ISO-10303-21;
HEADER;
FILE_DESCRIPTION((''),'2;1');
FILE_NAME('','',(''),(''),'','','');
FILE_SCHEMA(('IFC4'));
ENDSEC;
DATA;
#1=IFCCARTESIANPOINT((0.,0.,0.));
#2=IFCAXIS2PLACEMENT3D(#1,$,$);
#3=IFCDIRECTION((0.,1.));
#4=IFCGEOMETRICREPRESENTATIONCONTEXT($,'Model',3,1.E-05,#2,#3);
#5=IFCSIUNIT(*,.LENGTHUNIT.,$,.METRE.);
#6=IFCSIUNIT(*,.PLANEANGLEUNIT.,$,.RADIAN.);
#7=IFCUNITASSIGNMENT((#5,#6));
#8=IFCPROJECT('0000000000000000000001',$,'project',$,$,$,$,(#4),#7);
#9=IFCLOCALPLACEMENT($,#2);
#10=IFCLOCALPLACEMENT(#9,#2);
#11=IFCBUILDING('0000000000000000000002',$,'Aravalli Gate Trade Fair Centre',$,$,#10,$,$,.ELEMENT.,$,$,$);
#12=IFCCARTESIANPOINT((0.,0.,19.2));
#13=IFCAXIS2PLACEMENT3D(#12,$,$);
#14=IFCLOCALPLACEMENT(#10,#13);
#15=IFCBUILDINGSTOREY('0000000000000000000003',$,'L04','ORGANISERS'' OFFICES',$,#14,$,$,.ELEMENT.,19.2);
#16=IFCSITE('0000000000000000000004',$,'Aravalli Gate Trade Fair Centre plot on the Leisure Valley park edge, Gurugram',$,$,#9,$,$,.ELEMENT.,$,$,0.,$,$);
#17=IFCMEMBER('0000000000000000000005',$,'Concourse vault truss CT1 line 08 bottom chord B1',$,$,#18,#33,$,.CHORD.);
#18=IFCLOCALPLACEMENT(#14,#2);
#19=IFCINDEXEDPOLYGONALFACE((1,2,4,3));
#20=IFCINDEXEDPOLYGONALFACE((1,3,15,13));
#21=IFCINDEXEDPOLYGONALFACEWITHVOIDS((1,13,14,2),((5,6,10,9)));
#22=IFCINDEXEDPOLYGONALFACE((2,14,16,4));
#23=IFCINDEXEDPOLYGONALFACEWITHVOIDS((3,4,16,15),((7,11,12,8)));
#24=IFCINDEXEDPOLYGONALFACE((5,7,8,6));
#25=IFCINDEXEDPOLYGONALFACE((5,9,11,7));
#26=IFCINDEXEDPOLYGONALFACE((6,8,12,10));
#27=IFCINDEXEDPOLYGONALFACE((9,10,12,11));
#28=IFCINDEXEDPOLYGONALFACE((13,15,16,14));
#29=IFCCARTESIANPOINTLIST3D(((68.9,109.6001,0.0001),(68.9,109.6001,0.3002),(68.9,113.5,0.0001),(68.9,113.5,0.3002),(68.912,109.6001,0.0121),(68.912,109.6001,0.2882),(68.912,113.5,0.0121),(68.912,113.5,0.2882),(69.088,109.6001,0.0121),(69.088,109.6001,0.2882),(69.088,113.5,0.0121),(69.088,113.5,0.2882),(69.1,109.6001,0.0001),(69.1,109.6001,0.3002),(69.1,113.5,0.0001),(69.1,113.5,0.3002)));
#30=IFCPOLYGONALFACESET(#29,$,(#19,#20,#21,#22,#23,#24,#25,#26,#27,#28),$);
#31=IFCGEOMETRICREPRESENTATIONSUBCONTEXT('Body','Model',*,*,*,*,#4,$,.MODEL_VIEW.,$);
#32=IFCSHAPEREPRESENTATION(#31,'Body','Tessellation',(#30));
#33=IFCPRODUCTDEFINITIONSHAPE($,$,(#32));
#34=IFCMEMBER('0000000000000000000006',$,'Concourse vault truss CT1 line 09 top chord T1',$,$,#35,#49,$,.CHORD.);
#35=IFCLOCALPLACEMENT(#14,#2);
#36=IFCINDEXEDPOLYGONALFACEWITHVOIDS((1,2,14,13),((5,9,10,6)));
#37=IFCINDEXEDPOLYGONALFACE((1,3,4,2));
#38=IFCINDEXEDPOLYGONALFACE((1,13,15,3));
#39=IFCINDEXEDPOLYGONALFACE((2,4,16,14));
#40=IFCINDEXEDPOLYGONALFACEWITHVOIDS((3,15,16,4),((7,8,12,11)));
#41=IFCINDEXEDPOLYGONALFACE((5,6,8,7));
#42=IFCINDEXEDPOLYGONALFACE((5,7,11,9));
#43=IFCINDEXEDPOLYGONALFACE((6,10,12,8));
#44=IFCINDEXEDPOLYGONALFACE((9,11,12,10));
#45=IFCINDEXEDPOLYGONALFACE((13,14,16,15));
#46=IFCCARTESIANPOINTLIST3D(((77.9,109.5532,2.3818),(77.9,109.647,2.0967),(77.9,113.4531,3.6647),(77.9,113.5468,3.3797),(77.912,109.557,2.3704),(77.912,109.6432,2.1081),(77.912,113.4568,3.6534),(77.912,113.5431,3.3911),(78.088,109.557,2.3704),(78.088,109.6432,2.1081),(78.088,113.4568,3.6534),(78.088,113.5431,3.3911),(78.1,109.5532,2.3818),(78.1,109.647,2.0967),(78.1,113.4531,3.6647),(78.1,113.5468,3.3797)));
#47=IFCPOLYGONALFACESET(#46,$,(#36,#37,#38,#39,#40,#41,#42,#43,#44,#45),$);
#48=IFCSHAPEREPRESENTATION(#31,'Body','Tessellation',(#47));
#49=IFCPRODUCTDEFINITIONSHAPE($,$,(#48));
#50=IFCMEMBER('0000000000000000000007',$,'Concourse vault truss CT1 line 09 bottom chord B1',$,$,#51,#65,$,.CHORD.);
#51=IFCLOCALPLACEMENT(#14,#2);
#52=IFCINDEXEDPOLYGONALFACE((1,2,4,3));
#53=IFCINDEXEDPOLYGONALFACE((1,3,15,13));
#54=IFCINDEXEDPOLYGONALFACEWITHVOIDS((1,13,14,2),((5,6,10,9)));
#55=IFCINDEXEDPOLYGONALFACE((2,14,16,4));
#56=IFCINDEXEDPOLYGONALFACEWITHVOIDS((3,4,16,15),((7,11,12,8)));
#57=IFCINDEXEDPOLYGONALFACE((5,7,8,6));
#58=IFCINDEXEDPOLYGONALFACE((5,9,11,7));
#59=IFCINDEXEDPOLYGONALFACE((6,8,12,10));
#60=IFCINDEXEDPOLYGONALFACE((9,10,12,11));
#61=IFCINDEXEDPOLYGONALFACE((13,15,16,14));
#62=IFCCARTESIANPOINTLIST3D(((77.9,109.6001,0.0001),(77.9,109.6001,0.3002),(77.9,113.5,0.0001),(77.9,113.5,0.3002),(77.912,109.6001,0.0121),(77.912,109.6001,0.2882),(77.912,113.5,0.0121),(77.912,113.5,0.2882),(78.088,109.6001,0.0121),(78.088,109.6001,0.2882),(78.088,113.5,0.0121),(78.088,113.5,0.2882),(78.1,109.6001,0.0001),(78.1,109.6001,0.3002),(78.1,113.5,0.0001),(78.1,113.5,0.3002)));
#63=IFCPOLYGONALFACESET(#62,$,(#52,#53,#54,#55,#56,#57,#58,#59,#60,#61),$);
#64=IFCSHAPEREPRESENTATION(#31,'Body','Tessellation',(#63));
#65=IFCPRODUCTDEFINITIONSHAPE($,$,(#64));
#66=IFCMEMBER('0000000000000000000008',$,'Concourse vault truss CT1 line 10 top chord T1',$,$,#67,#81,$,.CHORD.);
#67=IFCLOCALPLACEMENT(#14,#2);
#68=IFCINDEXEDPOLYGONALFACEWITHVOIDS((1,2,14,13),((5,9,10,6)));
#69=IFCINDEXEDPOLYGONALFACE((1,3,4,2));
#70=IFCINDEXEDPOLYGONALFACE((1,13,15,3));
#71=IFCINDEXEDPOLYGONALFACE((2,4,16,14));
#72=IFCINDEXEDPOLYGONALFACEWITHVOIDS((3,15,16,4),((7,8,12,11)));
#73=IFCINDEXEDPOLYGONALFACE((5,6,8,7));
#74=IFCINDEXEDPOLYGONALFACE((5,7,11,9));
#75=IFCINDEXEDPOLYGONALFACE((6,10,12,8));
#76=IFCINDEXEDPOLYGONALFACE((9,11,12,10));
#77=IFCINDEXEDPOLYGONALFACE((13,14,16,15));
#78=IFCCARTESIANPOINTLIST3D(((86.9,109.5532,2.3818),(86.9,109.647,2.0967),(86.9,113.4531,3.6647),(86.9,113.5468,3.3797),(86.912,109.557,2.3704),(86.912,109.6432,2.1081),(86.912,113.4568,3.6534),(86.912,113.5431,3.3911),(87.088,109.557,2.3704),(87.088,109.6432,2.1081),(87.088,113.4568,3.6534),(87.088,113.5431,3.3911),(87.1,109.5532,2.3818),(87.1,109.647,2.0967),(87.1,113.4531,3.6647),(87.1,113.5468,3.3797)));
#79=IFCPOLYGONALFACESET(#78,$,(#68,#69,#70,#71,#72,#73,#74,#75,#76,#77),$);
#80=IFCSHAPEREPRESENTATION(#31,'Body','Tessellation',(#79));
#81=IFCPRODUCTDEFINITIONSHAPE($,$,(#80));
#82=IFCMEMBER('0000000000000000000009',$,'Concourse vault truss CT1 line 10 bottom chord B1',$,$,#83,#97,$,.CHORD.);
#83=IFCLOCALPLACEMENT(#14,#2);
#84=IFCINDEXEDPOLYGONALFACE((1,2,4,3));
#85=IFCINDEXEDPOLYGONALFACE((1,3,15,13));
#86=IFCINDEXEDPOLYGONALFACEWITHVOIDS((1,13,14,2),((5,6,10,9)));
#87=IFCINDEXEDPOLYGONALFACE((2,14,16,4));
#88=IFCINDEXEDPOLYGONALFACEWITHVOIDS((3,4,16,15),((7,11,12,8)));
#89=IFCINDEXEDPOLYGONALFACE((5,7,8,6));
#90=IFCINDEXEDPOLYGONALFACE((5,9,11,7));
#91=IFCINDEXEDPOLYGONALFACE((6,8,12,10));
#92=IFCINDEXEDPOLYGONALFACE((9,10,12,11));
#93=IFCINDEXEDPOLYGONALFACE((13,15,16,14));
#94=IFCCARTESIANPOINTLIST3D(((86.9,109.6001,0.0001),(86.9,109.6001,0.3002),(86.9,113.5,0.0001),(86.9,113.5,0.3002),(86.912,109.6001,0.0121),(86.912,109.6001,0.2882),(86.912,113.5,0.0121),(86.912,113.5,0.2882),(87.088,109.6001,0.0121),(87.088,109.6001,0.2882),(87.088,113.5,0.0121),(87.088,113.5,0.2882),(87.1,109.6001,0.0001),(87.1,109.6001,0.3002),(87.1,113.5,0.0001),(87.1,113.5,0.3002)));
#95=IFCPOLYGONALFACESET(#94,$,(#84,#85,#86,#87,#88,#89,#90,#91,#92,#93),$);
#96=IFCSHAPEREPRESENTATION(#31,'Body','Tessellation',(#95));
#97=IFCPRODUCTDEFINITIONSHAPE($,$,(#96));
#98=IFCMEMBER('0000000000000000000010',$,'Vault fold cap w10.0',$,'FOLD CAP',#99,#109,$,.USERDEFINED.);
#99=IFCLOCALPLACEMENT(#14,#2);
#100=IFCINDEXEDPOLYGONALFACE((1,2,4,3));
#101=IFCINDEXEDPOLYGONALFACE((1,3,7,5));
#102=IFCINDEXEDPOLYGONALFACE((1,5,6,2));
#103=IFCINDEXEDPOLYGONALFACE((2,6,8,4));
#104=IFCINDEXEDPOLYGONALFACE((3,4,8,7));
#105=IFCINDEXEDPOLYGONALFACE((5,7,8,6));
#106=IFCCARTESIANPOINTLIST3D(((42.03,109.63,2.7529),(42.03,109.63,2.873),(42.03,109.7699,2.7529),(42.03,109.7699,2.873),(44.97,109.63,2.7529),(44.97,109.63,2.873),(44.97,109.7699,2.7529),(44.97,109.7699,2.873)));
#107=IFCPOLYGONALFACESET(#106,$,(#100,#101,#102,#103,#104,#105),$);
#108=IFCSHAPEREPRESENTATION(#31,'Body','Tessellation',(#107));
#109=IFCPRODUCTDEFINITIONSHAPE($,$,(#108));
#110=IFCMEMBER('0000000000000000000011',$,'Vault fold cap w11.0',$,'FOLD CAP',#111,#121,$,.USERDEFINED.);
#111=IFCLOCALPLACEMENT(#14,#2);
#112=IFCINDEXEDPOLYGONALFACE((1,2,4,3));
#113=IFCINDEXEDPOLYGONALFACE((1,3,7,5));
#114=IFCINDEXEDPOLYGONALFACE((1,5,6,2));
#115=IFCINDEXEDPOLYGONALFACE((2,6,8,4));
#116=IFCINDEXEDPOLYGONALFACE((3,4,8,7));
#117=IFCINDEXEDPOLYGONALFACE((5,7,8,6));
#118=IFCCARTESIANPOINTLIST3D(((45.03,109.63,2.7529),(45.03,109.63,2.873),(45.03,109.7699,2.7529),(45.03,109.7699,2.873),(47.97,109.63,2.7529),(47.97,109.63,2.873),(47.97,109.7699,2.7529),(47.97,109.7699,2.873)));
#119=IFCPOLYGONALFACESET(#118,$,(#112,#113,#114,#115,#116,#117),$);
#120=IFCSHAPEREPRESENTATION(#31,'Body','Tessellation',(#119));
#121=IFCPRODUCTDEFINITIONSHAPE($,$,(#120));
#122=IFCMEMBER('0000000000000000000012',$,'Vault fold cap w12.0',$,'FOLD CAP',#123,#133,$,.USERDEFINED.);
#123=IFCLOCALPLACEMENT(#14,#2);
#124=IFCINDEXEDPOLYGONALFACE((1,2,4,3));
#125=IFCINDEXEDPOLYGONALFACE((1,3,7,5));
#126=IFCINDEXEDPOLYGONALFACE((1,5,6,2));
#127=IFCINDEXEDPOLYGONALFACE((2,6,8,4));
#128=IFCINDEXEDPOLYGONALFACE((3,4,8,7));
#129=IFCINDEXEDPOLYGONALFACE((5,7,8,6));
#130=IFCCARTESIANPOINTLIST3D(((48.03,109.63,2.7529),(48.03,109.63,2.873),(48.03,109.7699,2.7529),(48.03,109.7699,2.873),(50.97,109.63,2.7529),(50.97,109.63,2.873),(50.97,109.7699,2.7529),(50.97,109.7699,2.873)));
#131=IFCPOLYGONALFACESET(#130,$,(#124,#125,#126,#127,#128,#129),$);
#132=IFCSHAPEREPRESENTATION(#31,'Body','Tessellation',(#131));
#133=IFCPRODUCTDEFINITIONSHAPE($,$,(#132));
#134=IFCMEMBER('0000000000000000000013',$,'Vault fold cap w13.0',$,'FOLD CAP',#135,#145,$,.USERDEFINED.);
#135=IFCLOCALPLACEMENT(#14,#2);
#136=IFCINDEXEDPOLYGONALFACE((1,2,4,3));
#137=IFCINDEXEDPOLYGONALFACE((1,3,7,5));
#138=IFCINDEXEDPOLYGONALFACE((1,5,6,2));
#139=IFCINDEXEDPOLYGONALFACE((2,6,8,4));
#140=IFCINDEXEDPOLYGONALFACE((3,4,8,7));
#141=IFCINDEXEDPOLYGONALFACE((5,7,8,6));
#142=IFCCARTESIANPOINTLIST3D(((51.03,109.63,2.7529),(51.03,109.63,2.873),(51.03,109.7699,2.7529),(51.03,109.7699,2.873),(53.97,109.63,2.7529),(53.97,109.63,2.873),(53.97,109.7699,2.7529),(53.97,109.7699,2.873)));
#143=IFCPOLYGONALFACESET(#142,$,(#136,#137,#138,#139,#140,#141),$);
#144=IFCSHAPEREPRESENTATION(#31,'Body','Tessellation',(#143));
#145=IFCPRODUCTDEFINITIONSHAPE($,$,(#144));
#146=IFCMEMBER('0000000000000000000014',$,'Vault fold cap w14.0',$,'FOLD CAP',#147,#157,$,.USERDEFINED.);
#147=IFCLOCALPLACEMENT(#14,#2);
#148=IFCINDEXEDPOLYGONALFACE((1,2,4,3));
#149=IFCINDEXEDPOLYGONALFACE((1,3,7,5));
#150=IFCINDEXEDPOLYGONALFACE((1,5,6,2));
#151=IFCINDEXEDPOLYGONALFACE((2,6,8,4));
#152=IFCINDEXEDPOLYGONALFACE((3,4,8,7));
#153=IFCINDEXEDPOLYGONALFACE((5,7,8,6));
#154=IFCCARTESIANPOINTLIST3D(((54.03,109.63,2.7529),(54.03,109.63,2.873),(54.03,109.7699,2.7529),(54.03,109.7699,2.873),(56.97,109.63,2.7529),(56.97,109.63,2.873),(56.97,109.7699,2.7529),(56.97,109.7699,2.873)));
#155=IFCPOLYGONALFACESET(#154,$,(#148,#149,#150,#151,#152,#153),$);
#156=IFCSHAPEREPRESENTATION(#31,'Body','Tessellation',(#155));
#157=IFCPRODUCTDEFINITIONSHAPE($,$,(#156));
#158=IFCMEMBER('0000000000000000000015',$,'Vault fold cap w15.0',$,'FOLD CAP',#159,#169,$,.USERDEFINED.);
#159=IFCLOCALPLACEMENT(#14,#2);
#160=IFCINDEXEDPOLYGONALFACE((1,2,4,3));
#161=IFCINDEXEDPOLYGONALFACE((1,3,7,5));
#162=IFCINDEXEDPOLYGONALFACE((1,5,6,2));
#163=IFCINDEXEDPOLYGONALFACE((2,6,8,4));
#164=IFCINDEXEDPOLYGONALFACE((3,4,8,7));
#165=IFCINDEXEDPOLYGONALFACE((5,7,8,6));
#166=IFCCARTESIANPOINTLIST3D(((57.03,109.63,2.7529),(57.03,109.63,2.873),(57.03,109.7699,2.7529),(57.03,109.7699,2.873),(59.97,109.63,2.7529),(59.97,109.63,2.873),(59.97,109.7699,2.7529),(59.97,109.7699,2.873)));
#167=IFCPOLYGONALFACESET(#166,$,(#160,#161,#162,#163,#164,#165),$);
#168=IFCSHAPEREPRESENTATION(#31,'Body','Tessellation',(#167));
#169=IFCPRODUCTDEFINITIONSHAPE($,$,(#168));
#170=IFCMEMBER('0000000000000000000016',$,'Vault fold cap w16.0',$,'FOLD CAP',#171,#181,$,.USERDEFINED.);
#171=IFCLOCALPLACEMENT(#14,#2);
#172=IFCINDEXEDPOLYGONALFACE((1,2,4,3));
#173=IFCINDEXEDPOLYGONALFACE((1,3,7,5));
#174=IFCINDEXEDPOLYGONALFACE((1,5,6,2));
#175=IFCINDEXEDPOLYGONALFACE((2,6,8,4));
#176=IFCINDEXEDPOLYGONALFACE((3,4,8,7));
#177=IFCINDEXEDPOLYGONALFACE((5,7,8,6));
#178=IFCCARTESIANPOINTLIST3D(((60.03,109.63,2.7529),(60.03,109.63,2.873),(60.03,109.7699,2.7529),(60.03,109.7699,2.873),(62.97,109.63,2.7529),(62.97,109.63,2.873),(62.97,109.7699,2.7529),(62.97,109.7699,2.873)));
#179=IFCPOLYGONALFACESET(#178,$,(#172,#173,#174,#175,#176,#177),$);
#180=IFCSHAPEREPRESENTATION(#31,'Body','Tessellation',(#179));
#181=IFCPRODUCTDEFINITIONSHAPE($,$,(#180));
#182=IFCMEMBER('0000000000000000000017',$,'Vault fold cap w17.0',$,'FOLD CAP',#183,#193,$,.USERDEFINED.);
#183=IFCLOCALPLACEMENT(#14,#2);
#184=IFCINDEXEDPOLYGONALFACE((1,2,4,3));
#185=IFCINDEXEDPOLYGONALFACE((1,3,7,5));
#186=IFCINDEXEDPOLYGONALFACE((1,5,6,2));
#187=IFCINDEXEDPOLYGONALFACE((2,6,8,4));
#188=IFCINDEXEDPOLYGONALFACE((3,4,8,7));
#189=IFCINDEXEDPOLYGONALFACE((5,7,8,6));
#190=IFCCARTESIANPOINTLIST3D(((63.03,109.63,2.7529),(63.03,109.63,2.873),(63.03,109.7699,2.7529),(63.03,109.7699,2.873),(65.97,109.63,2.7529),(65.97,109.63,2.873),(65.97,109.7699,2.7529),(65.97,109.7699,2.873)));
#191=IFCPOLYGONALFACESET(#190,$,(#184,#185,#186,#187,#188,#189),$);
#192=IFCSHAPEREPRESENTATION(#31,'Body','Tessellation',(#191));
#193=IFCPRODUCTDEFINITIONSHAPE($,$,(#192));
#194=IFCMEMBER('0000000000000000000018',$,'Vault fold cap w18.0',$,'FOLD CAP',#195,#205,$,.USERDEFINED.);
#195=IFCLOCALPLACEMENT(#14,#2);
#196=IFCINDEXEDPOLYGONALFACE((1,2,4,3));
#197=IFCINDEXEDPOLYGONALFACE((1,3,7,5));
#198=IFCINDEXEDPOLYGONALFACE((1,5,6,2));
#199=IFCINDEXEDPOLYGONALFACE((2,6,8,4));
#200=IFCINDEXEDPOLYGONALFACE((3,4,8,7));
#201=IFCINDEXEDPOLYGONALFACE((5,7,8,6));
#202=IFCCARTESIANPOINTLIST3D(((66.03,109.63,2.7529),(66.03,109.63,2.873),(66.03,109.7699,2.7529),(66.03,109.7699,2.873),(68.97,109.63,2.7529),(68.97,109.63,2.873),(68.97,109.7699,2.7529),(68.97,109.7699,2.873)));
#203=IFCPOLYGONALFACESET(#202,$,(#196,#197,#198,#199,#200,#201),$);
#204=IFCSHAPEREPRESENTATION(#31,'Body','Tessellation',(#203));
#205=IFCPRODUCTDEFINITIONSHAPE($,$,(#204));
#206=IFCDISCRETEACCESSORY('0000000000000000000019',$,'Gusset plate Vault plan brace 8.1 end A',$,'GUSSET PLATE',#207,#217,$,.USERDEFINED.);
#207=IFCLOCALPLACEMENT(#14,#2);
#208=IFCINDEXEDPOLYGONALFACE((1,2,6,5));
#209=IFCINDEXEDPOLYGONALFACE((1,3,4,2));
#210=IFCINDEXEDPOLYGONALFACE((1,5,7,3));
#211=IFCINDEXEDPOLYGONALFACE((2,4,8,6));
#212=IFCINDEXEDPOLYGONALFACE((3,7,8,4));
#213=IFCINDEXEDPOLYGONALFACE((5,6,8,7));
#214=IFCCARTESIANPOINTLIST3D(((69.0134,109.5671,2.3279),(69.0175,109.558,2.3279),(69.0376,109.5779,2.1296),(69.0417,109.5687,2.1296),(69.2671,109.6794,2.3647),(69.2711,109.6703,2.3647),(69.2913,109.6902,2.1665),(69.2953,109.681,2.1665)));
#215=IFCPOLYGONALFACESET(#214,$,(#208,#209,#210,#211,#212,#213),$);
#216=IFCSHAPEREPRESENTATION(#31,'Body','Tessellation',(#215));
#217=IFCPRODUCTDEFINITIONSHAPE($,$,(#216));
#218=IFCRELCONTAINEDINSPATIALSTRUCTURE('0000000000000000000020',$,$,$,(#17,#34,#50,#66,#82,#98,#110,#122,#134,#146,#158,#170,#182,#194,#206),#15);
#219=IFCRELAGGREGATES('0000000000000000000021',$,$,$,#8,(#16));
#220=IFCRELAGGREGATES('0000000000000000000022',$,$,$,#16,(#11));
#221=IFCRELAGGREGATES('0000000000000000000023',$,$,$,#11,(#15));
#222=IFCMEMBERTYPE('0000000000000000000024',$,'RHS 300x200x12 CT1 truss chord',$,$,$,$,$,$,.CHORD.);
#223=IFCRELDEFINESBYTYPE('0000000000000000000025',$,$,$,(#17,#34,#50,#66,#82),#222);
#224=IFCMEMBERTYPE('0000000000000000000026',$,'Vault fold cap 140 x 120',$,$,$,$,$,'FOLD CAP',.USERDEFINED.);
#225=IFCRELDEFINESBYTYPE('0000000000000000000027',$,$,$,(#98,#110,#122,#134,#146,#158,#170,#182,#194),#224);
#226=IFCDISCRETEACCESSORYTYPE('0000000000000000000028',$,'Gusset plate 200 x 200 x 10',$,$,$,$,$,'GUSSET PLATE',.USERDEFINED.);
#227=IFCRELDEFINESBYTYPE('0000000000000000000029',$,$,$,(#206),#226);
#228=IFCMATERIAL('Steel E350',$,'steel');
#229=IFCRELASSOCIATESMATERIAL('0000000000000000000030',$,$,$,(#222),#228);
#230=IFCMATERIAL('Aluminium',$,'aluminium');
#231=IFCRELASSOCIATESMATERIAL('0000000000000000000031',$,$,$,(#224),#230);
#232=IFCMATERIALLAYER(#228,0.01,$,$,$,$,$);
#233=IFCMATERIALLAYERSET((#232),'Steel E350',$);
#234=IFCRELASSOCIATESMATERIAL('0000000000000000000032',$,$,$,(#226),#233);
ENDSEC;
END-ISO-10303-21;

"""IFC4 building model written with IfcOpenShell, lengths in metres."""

from ifc_helpers import new_model, si_unit, direction, frame, origin, origin_2d, place, context, subcontext, project, spatial, polyline, rectangle, hollow_rectangle, outline, extrude, material, layer, layer_set, material_profile, profile_set, type_object, element, save


model = new_model("IFC4")

# Units and contexts
model_context = context("Model", 3, precision=1e-05, world=origin(), true_north=direction((0.0, 1.0)))
body_context = subcontext(model_context, "Body", "Model", "MODEL_VIEW")
ifc_project = project(units=[si_unit("LENGTHUNIT", "METRE"), si_unit("PLANEANGLEUNIT", "RADIAN")], contexts=[model_context])

# Site, building, storey
site_placement = place(None, origin())
site = spatial("IfcSite", under=ifc_project, at=site_placement, Name="Aravalli Gate Trade Fair Centre plot on the Leisure Valley park edge, Gurugram", CompositionType="ELEMENT", RefElevation=0.0)
building_placement = place(site_placement, origin())
building = spatial("IfcBuilding", under=site, at=building_placement, Name="Aravalli Gate Trade Fair Centre", CompositionType="ELEMENT")
storey_placement = place(building_placement, frame((0.0, 0.0, 19.2)))
storey = spatial("IfcBuildingStorey", under=building, at=storey_placement, Name="L04", Description="ORGANISERS' OFFICES", CompositionType="ELEMENT", Elevation=19.2)

# Members
ifc_material_1 = material(Name="Steel E350", Category="steel")
ifc_material_profile_1 = material_profile(ifc_material_1, hollow_rectangle(XDim=0.2, YDim=0.3, WallThickness=0.012, at=origin_2d()), Name="RHS 300x200x12")
ifc_profile_set_1 = profile_set([ifc_material_profile_1], Name="Steel E350")
member_type_1 = type_object("IfcMemberType", Name="RHS 300x200x12 CT1 truss chord", PredefinedType="CHORD", material=ifc_profile_set_1)
member_1_placement = place(storey_placement, frame((69.0, 109.6001, 0.1501), z_axis=(0.0, 1.0, 0.0), x_axis=(-1.0, 0.0, 0.0)))
element("IfcMember", 1, at=member_1_placement, inside=storey, type_object=member_type_1, Name="Concourse vault truss CT1 line 08 bottom chord B1", PredefinedType="CHORD", context=body_context, shape_type="SweptSolid", body=[
    extrude(hollow_rectangle(XDim=0.2, YDim=0.3, WallThickness=0.012, at=origin_2d()), origin(), (0.0, 0.0, 1.0), 3.8999),
])
member_2_placement = place(storey_placement, frame((78.0, 109.6001, 2.2393), z_axis=(0.0, 0.949919, 0.312497), x_axis=(-1.0, 0.0, 0.0)))
element("IfcMember", 2, at=member_2_placement, inside=storey, type_object=member_type_1, Name="Concourse vault truss CT1 line 09 top chord T1", PredefinedType="CHORD", context=body_context, shape_type="SweptSolid", body=[
    extrude(hollow_rectangle(XDim=0.2, YDim=0.3, WallThickness=0.012, at=origin_2d()), origin(), (0.0, 0.0, 1.0), 4.1055),
])
member_3_placement = place(storey_placement, frame((78.0, 109.6001, 0.1501), z_axis=(0.0, 1.0, 0.0), x_axis=(-1.0, 0.0, 0.0)))
element("IfcMember", 3, at=member_3_placement, inside=storey, type_object=member_type_1, Name="Concourse vault truss CT1 line 09 bottom chord B1", PredefinedType="CHORD", context=body_context, shape_type="SweptSolid", body=[
    extrude(hollow_rectangle(XDim=0.2, YDim=0.3, WallThickness=0.012, at=origin_2d()), origin(), (0.0, 0.0, 1.0), 3.8999),
])
member_4_placement = place(storey_placement, frame((87.0, 109.6001, 2.2393), z_axis=(0.0, 0.949919, 0.312497), x_axis=(-1.0, 0.0, 0.0)))
element("IfcMember", 4, at=member_4_placement, inside=storey, type_object=member_type_1, Name="Concourse vault truss CT1 line 10 top chord T1", PredefinedType="CHORD", context=body_context, shape_type="SweptSolid", body=[
    extrude(hollow_rectangle(XDim=0.2, YDim=0.3, WallThickness=0.012, at=origin_2d()), origin(), (0.0, 0.0, 1.0), 4.1055),
])
member_5_placement = place(storey_placement, frame((87.0, 109.6001, 0.1501), z_axis=(0.0, 1.0, 0.0), x_axis=(-1.0, 0.0, 0.0)))
element("IfcMember", 5, at=member_5_placement, inside=storey, type_object=member_type_1, Name="Concourse vault truss CT1 line 10 bottom chord B1", PredefinedType="CHORD", context=body_context, shape_type="SweptSolid", body=[
    extrude(hollow_rectangle(XDim=0.2, YDim=0.3, WallThickness=0.012, at=origin_2d()), origin(), (0.0, 0.0, 1.0), 3.8999),
])
ifc_material_2 = material(Name="Aluminium", Category="aluminium")
ifc_material_profile_2 = material_profile(ifc_material_2, rectangle(XDim=0.1399, YDim=0.1201, at=origin_2d()), Name="Vault fold cap 140 x 120")
ifc_profile_set_2 = profile_set([ifc_material_profile_2], Name="Aluminium")
member_type_2 = type_object("IfcMemberType", Name="Vault fold cap 140 x 120", ElementType="FOLD CAP", PredefinedType="USERDEFINED", material=ifc_profile_set_2)
for number, where, z_axis, x_axis, name in (
    (6, (42.03, 109.7, 2.813), (1.0, 0.0, 0.0), (0.0, 1.0, 0.0), "Vault fold cap w10.0"),
    (7, (45.03, 109.7, 2.813), (1.0, 0.0, 0.0), (0.0, 1.0, 0.0), "Vault fold cap w11.0"),
    (8, (48.03, 109.7, 2.813), (1.0, 0.0, 0.0), (0.0, 1.0, 0.0), "Vault fold cap w12.0"),
    (9, (51.03, 109.7, 2.813), (1.0, 0.0, 0.0), (0.0, 1.0, 0.0), "Vault fold cap w13.0"),
    (10, (54.03, 109.7, 2.813), (1.0, 0.0, 0.0), (0.0, 1.0, 0.0), "Vault fold cap w14.0"),
    (11, (57.03, 109.7, 2.813), (1.0, 0.0, 0.0), (0.0, 1.0, 0.0), "Vault fold cap w15.0"),
    (12, (60.03, 109.7, 2.813), (1.0, 0.0, 0.0), (0.0, 1.0, 0.0), "Vault fold cap w16.0"),
    (13, (63.03, 109.7, 2.813), (1.0, 0.0, 0.0), (0.0, 1.0, 0.0), "Vault fold cap w17.0"),
    (14, (66.03, 109.7, 2.813), (1.0, 0.0, 0.0), (0.0, 1.0, 0.0), "Vault fold cap w18.0"),
):
    element("IfcMember", number, at=place(storey_placement, frame(where, z_axis=z_axis, x_axis=x_axis)), inside=storey, type_object=member_type_2, Name=name, ObjectType="FOLD CAP", PredefinedType="USERDEFINED", context=body_context, shape_type="SweptSolid", body=[
        extrude(rectangle(XDim=0.1399, YDim=0.1201, at=origin_2d()), origin(), (0.0, 0.0, 1.0), 2.9399),
    ])

# Discrete accessory
ifc_layer = layer(ifc_material_1, 0.01)
ifc_layer_set = layer_set([ifc_layer], Name="Steel E350")
discrete_accessory_type = type_object("IfcDiscreteAccessoryType", Name="Gusset plate 200 x 200 x 10", ElementType="GUSSET PLATE", PredefinedType="USERDEFINED", material=ifc_layer_set)
discrete_accessory_placement = place(storey_placement, frame((69.2913, 109.6902, 2.1665), z_axis=(-0.404854, 0.914381, 0.000187), x_axis=(-0.906423, -0.401304, -0.131732)))
element("IfcDiscreteAccessory", 15, at=discrete_accessory_placement, inside=storey, type_object=discrete_accessory_type, Name="Gusset plate Vault plan brace 8.1 end A", ObjectType="GUSSET PLATE", PredefinedType="USERDEFINED", context=body_context, shape_type="SweptSolid", body=[
    extrude(outline(polyline([(0.0, 0.0), (0.2798, 0.0), (0.28, 0.2), (0.0001, 0.2), (0.0, 0.0)])), origin(), (0.0, 0.0, -1.0), 0.01),
])

save(model, "model.ifc")
